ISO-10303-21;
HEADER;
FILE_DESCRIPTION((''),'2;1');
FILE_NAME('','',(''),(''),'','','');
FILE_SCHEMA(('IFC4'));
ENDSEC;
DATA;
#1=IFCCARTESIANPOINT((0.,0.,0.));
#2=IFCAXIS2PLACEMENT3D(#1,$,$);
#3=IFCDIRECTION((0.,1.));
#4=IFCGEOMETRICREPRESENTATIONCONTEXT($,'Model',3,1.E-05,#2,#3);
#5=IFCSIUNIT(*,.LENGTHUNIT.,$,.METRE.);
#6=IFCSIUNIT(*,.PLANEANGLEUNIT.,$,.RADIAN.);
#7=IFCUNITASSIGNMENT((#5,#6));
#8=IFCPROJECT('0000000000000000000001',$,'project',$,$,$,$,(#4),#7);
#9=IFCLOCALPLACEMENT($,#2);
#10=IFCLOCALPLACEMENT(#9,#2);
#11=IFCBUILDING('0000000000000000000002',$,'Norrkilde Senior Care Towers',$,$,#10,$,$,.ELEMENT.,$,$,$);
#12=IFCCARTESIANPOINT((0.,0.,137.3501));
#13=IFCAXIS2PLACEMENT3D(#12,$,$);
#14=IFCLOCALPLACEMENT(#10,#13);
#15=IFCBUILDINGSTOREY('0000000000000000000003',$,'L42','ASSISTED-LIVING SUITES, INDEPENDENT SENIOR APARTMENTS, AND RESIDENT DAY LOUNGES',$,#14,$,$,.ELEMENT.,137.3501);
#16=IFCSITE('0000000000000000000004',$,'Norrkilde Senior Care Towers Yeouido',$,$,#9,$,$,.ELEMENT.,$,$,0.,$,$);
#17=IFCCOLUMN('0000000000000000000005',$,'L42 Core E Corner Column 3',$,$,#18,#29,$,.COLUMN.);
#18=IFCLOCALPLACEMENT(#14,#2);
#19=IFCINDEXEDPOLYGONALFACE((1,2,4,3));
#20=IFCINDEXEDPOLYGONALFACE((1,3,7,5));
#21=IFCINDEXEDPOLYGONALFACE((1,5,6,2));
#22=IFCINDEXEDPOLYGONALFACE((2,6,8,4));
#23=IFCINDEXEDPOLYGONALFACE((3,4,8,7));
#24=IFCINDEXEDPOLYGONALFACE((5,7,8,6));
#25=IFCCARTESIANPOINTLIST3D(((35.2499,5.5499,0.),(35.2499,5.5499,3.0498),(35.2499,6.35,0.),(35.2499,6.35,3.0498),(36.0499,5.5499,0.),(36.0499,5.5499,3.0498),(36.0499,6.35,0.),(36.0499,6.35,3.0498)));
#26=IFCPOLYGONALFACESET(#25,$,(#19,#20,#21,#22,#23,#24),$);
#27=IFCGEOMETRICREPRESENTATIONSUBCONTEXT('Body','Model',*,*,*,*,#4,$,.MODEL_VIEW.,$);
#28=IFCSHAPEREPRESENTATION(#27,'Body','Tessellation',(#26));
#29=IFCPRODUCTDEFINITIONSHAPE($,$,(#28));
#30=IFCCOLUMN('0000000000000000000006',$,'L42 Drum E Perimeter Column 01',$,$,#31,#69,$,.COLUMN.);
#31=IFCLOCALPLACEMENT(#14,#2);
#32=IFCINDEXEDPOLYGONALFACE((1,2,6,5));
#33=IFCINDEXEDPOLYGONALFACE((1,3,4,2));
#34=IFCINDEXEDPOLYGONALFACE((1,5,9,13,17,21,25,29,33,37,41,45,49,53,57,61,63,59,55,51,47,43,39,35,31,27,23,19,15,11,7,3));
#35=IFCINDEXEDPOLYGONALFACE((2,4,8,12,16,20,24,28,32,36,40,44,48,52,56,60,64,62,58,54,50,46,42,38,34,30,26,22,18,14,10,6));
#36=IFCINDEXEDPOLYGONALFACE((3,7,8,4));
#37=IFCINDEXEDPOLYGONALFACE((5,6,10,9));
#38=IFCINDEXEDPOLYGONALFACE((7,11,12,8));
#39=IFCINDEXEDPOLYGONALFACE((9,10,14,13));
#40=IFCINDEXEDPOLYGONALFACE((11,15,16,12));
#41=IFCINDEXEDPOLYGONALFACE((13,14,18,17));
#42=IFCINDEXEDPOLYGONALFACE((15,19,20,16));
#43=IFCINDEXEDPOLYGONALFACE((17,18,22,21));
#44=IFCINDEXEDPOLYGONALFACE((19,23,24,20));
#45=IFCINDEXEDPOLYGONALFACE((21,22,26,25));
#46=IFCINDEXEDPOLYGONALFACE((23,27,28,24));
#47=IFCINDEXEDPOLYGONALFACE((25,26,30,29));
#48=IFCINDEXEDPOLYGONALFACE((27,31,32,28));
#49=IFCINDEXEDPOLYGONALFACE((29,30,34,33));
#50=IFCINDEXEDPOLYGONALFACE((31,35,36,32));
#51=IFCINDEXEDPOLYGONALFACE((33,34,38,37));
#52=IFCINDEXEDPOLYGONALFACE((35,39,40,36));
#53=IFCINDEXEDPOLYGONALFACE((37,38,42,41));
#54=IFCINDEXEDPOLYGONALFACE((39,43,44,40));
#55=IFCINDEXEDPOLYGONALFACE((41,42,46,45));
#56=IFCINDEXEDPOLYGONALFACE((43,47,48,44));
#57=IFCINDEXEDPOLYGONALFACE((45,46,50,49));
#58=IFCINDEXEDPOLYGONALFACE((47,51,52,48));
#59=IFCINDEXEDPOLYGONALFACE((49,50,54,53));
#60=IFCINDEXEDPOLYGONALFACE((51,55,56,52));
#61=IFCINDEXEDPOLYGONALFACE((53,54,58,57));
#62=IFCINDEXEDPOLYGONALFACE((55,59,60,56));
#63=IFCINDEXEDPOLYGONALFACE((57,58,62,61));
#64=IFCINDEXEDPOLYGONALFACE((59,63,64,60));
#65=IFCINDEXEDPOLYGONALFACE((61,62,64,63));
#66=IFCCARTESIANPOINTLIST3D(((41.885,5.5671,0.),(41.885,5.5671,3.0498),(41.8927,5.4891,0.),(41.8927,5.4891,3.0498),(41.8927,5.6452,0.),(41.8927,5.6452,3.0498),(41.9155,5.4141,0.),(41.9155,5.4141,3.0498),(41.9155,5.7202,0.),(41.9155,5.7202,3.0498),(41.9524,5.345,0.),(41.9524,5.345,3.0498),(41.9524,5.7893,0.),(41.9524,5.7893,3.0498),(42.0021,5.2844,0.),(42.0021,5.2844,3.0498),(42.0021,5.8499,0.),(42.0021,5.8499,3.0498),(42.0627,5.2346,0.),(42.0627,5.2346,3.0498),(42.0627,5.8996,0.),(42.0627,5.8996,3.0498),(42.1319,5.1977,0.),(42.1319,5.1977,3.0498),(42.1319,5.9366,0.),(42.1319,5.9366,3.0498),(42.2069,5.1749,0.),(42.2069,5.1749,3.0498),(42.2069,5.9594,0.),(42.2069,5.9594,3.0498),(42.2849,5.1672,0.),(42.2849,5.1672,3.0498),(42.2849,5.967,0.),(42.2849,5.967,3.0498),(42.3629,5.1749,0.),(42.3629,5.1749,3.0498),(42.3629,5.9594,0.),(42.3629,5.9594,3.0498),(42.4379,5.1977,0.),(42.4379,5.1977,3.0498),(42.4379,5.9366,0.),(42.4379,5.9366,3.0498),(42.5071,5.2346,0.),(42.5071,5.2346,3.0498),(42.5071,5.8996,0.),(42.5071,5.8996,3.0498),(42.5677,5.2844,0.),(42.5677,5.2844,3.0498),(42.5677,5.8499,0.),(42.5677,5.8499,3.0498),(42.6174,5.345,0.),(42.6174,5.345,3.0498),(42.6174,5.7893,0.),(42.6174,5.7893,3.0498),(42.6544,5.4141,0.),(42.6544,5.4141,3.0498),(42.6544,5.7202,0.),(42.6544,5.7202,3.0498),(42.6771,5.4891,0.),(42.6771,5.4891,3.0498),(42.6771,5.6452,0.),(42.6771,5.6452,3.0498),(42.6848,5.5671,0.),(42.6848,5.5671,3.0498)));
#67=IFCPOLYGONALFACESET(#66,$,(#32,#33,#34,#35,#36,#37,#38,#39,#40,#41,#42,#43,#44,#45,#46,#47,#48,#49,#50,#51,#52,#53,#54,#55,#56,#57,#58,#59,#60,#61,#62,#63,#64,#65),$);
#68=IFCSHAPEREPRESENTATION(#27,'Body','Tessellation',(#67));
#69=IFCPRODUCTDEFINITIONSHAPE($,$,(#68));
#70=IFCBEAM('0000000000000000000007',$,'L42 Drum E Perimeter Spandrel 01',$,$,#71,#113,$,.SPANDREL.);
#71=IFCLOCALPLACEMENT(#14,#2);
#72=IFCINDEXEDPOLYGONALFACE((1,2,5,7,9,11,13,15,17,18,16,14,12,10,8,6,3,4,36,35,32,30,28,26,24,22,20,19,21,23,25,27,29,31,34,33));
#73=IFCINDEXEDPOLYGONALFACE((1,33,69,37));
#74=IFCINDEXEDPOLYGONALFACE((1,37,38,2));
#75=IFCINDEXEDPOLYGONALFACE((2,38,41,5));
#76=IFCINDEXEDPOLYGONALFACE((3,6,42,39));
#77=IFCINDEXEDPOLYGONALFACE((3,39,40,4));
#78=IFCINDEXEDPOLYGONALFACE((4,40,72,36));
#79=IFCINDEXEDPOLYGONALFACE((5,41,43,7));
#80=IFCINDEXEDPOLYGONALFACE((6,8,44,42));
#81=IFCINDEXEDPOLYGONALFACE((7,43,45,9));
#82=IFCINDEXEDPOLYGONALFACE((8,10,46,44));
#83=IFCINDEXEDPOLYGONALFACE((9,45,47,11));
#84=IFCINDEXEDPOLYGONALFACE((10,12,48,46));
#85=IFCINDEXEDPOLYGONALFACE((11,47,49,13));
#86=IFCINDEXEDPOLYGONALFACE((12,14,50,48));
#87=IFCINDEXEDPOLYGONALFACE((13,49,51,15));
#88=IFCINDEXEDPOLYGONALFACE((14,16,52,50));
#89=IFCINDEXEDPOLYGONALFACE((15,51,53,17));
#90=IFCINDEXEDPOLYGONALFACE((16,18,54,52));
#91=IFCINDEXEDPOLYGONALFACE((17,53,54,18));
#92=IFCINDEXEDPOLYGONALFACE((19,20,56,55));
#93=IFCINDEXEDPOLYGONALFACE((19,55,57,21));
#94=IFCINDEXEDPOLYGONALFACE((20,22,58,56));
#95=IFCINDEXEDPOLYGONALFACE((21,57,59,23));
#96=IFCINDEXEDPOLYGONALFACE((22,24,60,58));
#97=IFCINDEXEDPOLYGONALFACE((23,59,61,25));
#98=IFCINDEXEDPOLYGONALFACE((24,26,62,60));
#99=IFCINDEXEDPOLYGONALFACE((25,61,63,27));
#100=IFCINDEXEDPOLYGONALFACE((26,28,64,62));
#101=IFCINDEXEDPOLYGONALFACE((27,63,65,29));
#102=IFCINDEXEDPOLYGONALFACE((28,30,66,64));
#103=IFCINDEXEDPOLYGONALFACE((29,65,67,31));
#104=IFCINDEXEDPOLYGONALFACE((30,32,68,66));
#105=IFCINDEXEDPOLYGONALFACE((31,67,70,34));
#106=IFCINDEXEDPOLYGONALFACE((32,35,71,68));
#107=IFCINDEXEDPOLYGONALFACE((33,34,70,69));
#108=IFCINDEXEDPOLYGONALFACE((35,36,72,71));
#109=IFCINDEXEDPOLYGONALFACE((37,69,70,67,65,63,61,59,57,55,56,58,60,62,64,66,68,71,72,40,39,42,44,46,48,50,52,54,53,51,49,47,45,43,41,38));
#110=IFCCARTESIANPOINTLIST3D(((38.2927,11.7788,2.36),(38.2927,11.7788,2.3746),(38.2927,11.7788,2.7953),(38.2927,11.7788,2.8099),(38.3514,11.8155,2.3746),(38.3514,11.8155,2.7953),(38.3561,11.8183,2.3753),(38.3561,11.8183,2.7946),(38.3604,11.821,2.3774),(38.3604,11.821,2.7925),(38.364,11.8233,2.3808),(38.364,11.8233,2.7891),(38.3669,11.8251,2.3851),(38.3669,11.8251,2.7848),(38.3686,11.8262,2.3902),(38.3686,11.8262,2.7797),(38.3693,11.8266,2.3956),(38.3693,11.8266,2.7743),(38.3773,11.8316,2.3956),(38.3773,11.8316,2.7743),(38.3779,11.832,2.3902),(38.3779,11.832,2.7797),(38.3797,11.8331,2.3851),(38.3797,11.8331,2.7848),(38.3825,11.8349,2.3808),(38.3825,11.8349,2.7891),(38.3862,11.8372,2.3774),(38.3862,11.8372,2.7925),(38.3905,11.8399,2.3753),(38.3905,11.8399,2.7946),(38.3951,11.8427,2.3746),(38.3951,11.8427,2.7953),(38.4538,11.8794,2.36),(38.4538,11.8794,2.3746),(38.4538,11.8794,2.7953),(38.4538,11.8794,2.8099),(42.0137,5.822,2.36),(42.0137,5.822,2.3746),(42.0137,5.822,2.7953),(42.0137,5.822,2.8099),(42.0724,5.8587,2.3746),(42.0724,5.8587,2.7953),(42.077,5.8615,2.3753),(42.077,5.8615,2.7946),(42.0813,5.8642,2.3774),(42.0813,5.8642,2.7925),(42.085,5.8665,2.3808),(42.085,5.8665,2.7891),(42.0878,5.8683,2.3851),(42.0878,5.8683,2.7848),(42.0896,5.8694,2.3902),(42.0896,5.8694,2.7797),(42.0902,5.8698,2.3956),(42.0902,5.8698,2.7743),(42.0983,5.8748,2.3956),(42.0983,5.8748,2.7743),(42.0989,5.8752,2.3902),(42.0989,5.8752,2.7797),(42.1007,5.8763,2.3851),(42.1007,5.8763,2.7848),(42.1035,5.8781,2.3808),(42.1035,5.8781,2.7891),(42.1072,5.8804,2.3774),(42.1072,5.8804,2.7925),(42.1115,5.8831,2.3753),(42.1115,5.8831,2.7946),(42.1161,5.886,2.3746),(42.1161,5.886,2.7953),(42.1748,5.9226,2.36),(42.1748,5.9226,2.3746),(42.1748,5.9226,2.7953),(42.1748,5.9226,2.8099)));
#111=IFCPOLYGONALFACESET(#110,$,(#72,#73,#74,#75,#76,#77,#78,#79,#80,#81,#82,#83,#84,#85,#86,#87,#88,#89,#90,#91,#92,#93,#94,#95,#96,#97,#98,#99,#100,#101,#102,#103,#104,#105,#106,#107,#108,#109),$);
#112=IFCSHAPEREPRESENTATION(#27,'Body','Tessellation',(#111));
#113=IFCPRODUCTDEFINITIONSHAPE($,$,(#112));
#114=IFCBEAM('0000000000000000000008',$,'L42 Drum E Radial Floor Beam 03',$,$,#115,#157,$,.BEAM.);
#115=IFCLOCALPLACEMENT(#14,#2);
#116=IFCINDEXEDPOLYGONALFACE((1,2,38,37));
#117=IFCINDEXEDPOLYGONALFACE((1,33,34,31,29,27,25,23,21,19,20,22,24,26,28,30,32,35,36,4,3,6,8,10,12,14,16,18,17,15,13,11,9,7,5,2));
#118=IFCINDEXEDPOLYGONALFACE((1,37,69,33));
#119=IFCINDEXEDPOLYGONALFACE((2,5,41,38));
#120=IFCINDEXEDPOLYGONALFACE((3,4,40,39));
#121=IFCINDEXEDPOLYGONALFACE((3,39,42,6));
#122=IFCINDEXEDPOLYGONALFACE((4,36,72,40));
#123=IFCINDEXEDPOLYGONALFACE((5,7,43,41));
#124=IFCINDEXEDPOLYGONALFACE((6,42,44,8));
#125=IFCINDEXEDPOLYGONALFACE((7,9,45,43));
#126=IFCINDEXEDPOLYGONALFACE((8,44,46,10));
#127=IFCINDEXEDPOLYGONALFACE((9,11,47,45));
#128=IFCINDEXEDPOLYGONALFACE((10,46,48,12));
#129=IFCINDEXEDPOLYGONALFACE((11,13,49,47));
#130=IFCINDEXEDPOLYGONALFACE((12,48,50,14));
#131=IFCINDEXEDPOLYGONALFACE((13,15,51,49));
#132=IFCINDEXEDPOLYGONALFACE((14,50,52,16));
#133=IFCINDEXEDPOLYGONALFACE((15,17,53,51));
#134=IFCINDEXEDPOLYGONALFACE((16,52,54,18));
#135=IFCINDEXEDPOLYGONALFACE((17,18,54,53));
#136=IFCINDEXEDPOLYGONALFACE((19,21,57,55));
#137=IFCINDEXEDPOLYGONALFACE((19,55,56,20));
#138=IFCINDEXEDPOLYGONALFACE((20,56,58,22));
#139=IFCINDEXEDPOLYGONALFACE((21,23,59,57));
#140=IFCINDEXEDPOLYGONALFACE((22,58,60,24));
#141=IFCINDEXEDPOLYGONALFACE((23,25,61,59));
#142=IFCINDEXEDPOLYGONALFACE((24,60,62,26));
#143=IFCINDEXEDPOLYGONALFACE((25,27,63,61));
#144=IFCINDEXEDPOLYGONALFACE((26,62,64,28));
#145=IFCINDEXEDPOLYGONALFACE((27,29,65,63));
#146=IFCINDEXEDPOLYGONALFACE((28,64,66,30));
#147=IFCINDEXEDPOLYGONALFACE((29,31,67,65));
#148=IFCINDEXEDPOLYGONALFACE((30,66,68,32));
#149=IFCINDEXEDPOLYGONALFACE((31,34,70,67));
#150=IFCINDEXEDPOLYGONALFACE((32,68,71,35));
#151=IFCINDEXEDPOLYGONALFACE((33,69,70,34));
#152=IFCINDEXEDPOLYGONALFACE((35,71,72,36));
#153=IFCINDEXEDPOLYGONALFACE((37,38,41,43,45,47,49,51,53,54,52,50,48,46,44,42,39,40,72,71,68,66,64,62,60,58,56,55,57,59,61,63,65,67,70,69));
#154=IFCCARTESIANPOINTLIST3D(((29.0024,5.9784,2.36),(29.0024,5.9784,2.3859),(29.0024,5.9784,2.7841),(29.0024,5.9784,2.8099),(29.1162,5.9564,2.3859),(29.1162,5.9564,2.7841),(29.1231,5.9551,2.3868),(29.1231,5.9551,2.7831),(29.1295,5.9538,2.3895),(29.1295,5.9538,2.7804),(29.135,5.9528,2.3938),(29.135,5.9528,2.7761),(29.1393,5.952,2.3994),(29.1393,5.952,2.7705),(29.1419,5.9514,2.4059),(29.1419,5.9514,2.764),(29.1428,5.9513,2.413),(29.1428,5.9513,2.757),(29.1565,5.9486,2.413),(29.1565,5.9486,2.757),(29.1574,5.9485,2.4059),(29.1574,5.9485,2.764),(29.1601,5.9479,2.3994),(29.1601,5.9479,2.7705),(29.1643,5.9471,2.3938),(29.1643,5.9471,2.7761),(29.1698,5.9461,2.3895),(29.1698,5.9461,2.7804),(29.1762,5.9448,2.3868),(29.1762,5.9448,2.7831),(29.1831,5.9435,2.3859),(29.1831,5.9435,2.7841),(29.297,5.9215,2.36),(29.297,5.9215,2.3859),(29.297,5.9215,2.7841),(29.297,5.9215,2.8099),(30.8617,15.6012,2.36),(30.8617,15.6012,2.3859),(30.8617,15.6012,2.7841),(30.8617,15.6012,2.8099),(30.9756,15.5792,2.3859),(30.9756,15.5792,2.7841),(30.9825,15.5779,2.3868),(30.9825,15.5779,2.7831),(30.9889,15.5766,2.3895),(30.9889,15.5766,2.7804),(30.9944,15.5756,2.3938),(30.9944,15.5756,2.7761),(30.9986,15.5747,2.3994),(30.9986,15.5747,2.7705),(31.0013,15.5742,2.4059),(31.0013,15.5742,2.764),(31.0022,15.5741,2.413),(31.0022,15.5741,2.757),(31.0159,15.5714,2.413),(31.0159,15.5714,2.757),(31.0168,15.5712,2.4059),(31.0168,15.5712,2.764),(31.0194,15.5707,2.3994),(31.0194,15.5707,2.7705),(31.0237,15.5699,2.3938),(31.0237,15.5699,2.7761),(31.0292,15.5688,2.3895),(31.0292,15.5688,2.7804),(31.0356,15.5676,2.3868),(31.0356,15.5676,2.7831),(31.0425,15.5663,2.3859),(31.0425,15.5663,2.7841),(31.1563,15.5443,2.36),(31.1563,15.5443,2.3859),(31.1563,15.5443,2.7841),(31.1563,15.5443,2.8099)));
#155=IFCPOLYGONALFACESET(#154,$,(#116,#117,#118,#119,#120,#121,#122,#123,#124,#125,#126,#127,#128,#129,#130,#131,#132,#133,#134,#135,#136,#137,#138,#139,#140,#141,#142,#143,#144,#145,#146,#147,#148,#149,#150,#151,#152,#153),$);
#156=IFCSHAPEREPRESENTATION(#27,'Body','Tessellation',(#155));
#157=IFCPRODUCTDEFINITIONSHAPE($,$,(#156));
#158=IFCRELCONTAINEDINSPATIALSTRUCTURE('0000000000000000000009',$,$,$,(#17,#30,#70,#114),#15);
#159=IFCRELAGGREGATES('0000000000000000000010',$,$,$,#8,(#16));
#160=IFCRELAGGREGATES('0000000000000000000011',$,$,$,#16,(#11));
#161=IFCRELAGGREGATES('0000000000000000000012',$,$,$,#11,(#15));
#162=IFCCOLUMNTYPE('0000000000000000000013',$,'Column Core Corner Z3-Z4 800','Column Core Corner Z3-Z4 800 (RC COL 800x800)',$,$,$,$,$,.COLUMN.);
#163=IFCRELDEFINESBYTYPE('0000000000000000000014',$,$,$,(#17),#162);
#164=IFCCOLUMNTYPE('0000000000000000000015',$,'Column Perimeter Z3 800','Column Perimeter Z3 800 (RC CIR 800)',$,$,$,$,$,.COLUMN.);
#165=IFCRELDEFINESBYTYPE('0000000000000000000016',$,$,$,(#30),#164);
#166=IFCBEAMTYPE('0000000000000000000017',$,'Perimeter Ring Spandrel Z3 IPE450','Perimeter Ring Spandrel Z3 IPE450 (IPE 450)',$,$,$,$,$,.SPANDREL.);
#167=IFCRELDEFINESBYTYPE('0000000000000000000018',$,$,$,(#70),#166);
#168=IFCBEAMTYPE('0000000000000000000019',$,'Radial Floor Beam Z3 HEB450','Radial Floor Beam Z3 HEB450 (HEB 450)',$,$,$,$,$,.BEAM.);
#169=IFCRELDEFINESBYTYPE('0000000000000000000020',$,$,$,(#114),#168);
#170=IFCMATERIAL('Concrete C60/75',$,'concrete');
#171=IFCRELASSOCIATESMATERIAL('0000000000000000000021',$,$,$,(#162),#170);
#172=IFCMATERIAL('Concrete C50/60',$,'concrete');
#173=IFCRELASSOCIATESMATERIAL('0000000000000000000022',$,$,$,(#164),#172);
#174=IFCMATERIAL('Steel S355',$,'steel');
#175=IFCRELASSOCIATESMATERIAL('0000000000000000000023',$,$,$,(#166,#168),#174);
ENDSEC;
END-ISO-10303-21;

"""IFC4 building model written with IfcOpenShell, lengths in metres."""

from ifc_helpers import new_model, si_unit, direction, frame, origin, origin_2d, place, context, subcontext, project, spatial, rectangle, circle, i_section, extrude, source, transform, mapped, material, material_profile, profile_set, type_object, type_shapes, element, save


model = new_model("IFC4")

# Units and contexts
model_context = context("Model", 3, precision=1e-05, world=origin(), true_north=direction((0.0, 1.0)))
body_context = subcontext(model_context, "Body", "Model", "MODEL_VIEW")
ifc_project = project(units=[si_unit("LENGTHUNIT", "METRE"), si_unit("PLANEANGLEUNIT", "RADIAN")], contexts=[model_context])

# Site, building, storey
site_placement = place(None, origin())
site = spatial("IfcSite", under=ifc_project, at=site_placement, Name="Norrkilde Senior Care Towers Yeouido", CompositionType="ELEMENT", RefElevation=0.0)
building_placement = place(site_placement, origin())
building = spatial("IfcBuilding", under=site, at=building_placement, Name="Norrkilde Senior Care Towers", CompositionType="ELEMENT")
storey_placement = place(building_placement, frame((0.0, 0.0, 137.3501)))
storey = spatial("IfcBuildingStorey", under=building, at=storey_placement, Name="L42", Description="ASSISTED-LIVING SUITES, INDEPENDENT SENIOR APARTMENTS, AND RESIDENT DAY LOUNGES", CompositionType="ELEMENT", Elevation=137.3501)

# Columns
ifc_material_1 = material(Name="Concrete C60/75", Category="concrete")
ifc_material_profile_1 = material_profile(ifc_material_1, rectangle(XDim=0.8, YDim=0.8, at=origin_2d()), Name="RC COL 800x800")
ifc_profile_set_1 = profile_set([ifc_material_profile_1], Name="Concrete C60/75")
column_type_1 = type_object("IfcColumnType", Name="Column Core Corner Z3-Z4 800", Description="Column Core Corner Z3-Z4 800 (RC COL 800x800)", PredefinedType="COLUMN", material=ifc_profile_set_1)
shared_shape_1 = source(origin(), body_context, "Body", "SweptSolid", [
    extrude(rectangle(XDim=0.8, YDim=0.8, at=origin_2d()), origin(), (0.0, 0.0, 1.0), 3.0498),
])
type_shapes(column_type_1, [shared_shape_1])
column_1_placement = place(storey_placement, frame((35.6499, 5.95, 0.0), z_axis=(0.0, 0.0, 1.0), x_axis=(1.0, 0.0, 0.0)))
element("IfcColumn", 1, at=column_1_placement, inside=storey, type_object=column_type_1, Name="L42 Core E Corner Column 3", PredefinedType="COLUMN", context=body_context, shape_type="MappedRepresentation", body=[
    mapped(shared_shape_1, transform((0.0, 0.0, 0.0), x_axis=(1.0, 0.0, 0.0), y_axis=(0.0, 1.0, 0.0), z_axis=(0.0, 0.0, 1.0), scale=1.0)),
])
ifc_material_2 = material(Name="Concrete C50/60", Category="concrete")
ifc_material_profile_2 = material_profile(ifc_material_2, circle(Radius=0.3999, at=origin_2d()), Name="RC CIR 800")
ifc_profile_set_2 = profile_set([ifc_material_profile_2], Name="Concrete C50/60")
column_type_2 = type_object("IfcColumnType", Name="Column Perimeter Z3 800", Description="Column Perimeter Z3 800 (RC CIR 800)", PredefinedType="COLUMN", material=ifc_profile_set_2)
shared_shape_2 = source(origin(), body_context, "Body", "SweptSolid", [
    extrude(circle(Radius=0.3999, at=origin_2d()), origin(), (0.0, 0.0, 1.0), 3.0498),
])
type_shapes(column_type_2, [shared_shape_2])
column_2_placement = place(storey_placement, frame((42.2849, 5.5671, 0.0), z_axis=(0.0, 0.0, 1.0), x_axis=(1.0, 0.0, 0.0)))
element("IfcColumn", 2, at=column_2_placement, inside=storey, type_object=column_type_2, Name="L42 Drum E Perimeter Column 01", PredefinedType="COLUMN", context=body_context, shape_type="MappedRepresentation", body=[
    mapped(shared_shape_2, transform((0.0, 0.0, 0.0), x_axis=(1.0, 0.0, 0.0), y_axis=(0.0, 1.0, 0.0), z_axis=(0.0, 0.0, 1.0), scale=1.0)),
])

# Beams
ifc_material_3 = material(Name="Steel S355", Category="steel")
ifc_material_profile_3 = material_profile(ifc_material_3, i_section(OverallWidth=0.1899, OverallDepth=0.45, WebThickness=0.0095, FlangeThickness=0.0146, FilletRadius=0.021, at=origin_2d()), Name="IPE 450")
ifc_profile_set_3 = profile_set([ifc_material_profile_3], Name="Steel S355")
beam_type_1 = type_object("IfcBeamType", Name="Perimeter Ring Spandrel Z3 IPE450", Description="Perimeter Ring Spandrel Z3 IPE450 (IPE 450)", PredefinedType="SPANDREL", material=ifc_profile_set_3)
shared_shape_3 = source(origin(), body_context, "Body", "SweptSolid", [
    extrude(i_section(OverallWidth=0.1899, OverallDepth=0.45, WebThickness=0.0095, FlangeThickness=0.0146, FilletRadius=0.021, at=origin_2d()), origin(), (0.0, 0.0, 1.0), 7.0234),
])
beam_1_placement = place(storey_placement, frame((42.0942, 5.8723, 2.585), z_axis=(-0.52979, 0.848129, 0.0), x_axis=(-0.848129, -0.52979, 0.0)))
element("IfcBeam", 3, at=beam_1_placement, inside=storey, type_object=beam_type_1, Name="L42 Drum E Perimeter Spandrel 01", PredefinedType="SPANDREL", context=body_context, shape_type="MappedRepresentation", body=[
    mapped(shared_shape_3, transform((0.0, 0.0, 0.0), x_axis=(1.0, 0.0, 0.0), y_axis=(0.0, 1.0, 0.0), z_axis=(0.0, 0.0, 1.0), scale=1.0)),
])
ifc_material_profile_4 = material_profile(ifc_material_3, i_section(OverallWidth=0.3, OverallDepth=0.45, WebThickness=0.0139, FlangeThickness=0.0259, FilletRadius=0.0271, at=origin_2d()), Name="HEB 450")
ifc_profile_set_4 = profile_set([ifc_material_profile_4], Name="Steel S355")
beam_type_2 = type_object("IfcBeamType", Name="Radial Floor Beam Z3 HEB450", Description="Radial Floor Beam Z3 HEB450 (HEB 450)", PredefinedType="BEAM", material=ifc_profile_set_4)
shared_shape_4 = source(origin(), body_context, "Body", "SweptSolid", [
    extrude(i_section(OverallWidth=0.3, OverallDepth=0.45, WebThickness=0.0139, FlangeThickness=0.0259, FilletRadius=0.0271, at=origin_2d()), origin(), (0.0, 0.0, 1.0), 9.8008),
])
beam_2_placement = place(storey_placement, frame((29.1497, 5.95, 2.585), z_axis=(0.189717, 0.981839, 0.0), x_axis=(-0.981839, 0.189717, 0.0)))
element("IfcBeam", 4, at=beam_2_placement, inside=storey, type_object=beam_type_2, Name="L42 Drum E Radial Floor Beam 03", PredefinedType="BEAM", context=body_context, shape_type="MappedRepresentation", body=[
    mapped(shared_shape_4, transform((0.0, 0.0, 0.0), x_axis=(1.0, 0.0, 0.0), y_axis=(0.0, 1.0, 0.0), z_axis=(0.0, 0.0, 1.0), scale=1.0)),
])

save(model, "model.ifc")
